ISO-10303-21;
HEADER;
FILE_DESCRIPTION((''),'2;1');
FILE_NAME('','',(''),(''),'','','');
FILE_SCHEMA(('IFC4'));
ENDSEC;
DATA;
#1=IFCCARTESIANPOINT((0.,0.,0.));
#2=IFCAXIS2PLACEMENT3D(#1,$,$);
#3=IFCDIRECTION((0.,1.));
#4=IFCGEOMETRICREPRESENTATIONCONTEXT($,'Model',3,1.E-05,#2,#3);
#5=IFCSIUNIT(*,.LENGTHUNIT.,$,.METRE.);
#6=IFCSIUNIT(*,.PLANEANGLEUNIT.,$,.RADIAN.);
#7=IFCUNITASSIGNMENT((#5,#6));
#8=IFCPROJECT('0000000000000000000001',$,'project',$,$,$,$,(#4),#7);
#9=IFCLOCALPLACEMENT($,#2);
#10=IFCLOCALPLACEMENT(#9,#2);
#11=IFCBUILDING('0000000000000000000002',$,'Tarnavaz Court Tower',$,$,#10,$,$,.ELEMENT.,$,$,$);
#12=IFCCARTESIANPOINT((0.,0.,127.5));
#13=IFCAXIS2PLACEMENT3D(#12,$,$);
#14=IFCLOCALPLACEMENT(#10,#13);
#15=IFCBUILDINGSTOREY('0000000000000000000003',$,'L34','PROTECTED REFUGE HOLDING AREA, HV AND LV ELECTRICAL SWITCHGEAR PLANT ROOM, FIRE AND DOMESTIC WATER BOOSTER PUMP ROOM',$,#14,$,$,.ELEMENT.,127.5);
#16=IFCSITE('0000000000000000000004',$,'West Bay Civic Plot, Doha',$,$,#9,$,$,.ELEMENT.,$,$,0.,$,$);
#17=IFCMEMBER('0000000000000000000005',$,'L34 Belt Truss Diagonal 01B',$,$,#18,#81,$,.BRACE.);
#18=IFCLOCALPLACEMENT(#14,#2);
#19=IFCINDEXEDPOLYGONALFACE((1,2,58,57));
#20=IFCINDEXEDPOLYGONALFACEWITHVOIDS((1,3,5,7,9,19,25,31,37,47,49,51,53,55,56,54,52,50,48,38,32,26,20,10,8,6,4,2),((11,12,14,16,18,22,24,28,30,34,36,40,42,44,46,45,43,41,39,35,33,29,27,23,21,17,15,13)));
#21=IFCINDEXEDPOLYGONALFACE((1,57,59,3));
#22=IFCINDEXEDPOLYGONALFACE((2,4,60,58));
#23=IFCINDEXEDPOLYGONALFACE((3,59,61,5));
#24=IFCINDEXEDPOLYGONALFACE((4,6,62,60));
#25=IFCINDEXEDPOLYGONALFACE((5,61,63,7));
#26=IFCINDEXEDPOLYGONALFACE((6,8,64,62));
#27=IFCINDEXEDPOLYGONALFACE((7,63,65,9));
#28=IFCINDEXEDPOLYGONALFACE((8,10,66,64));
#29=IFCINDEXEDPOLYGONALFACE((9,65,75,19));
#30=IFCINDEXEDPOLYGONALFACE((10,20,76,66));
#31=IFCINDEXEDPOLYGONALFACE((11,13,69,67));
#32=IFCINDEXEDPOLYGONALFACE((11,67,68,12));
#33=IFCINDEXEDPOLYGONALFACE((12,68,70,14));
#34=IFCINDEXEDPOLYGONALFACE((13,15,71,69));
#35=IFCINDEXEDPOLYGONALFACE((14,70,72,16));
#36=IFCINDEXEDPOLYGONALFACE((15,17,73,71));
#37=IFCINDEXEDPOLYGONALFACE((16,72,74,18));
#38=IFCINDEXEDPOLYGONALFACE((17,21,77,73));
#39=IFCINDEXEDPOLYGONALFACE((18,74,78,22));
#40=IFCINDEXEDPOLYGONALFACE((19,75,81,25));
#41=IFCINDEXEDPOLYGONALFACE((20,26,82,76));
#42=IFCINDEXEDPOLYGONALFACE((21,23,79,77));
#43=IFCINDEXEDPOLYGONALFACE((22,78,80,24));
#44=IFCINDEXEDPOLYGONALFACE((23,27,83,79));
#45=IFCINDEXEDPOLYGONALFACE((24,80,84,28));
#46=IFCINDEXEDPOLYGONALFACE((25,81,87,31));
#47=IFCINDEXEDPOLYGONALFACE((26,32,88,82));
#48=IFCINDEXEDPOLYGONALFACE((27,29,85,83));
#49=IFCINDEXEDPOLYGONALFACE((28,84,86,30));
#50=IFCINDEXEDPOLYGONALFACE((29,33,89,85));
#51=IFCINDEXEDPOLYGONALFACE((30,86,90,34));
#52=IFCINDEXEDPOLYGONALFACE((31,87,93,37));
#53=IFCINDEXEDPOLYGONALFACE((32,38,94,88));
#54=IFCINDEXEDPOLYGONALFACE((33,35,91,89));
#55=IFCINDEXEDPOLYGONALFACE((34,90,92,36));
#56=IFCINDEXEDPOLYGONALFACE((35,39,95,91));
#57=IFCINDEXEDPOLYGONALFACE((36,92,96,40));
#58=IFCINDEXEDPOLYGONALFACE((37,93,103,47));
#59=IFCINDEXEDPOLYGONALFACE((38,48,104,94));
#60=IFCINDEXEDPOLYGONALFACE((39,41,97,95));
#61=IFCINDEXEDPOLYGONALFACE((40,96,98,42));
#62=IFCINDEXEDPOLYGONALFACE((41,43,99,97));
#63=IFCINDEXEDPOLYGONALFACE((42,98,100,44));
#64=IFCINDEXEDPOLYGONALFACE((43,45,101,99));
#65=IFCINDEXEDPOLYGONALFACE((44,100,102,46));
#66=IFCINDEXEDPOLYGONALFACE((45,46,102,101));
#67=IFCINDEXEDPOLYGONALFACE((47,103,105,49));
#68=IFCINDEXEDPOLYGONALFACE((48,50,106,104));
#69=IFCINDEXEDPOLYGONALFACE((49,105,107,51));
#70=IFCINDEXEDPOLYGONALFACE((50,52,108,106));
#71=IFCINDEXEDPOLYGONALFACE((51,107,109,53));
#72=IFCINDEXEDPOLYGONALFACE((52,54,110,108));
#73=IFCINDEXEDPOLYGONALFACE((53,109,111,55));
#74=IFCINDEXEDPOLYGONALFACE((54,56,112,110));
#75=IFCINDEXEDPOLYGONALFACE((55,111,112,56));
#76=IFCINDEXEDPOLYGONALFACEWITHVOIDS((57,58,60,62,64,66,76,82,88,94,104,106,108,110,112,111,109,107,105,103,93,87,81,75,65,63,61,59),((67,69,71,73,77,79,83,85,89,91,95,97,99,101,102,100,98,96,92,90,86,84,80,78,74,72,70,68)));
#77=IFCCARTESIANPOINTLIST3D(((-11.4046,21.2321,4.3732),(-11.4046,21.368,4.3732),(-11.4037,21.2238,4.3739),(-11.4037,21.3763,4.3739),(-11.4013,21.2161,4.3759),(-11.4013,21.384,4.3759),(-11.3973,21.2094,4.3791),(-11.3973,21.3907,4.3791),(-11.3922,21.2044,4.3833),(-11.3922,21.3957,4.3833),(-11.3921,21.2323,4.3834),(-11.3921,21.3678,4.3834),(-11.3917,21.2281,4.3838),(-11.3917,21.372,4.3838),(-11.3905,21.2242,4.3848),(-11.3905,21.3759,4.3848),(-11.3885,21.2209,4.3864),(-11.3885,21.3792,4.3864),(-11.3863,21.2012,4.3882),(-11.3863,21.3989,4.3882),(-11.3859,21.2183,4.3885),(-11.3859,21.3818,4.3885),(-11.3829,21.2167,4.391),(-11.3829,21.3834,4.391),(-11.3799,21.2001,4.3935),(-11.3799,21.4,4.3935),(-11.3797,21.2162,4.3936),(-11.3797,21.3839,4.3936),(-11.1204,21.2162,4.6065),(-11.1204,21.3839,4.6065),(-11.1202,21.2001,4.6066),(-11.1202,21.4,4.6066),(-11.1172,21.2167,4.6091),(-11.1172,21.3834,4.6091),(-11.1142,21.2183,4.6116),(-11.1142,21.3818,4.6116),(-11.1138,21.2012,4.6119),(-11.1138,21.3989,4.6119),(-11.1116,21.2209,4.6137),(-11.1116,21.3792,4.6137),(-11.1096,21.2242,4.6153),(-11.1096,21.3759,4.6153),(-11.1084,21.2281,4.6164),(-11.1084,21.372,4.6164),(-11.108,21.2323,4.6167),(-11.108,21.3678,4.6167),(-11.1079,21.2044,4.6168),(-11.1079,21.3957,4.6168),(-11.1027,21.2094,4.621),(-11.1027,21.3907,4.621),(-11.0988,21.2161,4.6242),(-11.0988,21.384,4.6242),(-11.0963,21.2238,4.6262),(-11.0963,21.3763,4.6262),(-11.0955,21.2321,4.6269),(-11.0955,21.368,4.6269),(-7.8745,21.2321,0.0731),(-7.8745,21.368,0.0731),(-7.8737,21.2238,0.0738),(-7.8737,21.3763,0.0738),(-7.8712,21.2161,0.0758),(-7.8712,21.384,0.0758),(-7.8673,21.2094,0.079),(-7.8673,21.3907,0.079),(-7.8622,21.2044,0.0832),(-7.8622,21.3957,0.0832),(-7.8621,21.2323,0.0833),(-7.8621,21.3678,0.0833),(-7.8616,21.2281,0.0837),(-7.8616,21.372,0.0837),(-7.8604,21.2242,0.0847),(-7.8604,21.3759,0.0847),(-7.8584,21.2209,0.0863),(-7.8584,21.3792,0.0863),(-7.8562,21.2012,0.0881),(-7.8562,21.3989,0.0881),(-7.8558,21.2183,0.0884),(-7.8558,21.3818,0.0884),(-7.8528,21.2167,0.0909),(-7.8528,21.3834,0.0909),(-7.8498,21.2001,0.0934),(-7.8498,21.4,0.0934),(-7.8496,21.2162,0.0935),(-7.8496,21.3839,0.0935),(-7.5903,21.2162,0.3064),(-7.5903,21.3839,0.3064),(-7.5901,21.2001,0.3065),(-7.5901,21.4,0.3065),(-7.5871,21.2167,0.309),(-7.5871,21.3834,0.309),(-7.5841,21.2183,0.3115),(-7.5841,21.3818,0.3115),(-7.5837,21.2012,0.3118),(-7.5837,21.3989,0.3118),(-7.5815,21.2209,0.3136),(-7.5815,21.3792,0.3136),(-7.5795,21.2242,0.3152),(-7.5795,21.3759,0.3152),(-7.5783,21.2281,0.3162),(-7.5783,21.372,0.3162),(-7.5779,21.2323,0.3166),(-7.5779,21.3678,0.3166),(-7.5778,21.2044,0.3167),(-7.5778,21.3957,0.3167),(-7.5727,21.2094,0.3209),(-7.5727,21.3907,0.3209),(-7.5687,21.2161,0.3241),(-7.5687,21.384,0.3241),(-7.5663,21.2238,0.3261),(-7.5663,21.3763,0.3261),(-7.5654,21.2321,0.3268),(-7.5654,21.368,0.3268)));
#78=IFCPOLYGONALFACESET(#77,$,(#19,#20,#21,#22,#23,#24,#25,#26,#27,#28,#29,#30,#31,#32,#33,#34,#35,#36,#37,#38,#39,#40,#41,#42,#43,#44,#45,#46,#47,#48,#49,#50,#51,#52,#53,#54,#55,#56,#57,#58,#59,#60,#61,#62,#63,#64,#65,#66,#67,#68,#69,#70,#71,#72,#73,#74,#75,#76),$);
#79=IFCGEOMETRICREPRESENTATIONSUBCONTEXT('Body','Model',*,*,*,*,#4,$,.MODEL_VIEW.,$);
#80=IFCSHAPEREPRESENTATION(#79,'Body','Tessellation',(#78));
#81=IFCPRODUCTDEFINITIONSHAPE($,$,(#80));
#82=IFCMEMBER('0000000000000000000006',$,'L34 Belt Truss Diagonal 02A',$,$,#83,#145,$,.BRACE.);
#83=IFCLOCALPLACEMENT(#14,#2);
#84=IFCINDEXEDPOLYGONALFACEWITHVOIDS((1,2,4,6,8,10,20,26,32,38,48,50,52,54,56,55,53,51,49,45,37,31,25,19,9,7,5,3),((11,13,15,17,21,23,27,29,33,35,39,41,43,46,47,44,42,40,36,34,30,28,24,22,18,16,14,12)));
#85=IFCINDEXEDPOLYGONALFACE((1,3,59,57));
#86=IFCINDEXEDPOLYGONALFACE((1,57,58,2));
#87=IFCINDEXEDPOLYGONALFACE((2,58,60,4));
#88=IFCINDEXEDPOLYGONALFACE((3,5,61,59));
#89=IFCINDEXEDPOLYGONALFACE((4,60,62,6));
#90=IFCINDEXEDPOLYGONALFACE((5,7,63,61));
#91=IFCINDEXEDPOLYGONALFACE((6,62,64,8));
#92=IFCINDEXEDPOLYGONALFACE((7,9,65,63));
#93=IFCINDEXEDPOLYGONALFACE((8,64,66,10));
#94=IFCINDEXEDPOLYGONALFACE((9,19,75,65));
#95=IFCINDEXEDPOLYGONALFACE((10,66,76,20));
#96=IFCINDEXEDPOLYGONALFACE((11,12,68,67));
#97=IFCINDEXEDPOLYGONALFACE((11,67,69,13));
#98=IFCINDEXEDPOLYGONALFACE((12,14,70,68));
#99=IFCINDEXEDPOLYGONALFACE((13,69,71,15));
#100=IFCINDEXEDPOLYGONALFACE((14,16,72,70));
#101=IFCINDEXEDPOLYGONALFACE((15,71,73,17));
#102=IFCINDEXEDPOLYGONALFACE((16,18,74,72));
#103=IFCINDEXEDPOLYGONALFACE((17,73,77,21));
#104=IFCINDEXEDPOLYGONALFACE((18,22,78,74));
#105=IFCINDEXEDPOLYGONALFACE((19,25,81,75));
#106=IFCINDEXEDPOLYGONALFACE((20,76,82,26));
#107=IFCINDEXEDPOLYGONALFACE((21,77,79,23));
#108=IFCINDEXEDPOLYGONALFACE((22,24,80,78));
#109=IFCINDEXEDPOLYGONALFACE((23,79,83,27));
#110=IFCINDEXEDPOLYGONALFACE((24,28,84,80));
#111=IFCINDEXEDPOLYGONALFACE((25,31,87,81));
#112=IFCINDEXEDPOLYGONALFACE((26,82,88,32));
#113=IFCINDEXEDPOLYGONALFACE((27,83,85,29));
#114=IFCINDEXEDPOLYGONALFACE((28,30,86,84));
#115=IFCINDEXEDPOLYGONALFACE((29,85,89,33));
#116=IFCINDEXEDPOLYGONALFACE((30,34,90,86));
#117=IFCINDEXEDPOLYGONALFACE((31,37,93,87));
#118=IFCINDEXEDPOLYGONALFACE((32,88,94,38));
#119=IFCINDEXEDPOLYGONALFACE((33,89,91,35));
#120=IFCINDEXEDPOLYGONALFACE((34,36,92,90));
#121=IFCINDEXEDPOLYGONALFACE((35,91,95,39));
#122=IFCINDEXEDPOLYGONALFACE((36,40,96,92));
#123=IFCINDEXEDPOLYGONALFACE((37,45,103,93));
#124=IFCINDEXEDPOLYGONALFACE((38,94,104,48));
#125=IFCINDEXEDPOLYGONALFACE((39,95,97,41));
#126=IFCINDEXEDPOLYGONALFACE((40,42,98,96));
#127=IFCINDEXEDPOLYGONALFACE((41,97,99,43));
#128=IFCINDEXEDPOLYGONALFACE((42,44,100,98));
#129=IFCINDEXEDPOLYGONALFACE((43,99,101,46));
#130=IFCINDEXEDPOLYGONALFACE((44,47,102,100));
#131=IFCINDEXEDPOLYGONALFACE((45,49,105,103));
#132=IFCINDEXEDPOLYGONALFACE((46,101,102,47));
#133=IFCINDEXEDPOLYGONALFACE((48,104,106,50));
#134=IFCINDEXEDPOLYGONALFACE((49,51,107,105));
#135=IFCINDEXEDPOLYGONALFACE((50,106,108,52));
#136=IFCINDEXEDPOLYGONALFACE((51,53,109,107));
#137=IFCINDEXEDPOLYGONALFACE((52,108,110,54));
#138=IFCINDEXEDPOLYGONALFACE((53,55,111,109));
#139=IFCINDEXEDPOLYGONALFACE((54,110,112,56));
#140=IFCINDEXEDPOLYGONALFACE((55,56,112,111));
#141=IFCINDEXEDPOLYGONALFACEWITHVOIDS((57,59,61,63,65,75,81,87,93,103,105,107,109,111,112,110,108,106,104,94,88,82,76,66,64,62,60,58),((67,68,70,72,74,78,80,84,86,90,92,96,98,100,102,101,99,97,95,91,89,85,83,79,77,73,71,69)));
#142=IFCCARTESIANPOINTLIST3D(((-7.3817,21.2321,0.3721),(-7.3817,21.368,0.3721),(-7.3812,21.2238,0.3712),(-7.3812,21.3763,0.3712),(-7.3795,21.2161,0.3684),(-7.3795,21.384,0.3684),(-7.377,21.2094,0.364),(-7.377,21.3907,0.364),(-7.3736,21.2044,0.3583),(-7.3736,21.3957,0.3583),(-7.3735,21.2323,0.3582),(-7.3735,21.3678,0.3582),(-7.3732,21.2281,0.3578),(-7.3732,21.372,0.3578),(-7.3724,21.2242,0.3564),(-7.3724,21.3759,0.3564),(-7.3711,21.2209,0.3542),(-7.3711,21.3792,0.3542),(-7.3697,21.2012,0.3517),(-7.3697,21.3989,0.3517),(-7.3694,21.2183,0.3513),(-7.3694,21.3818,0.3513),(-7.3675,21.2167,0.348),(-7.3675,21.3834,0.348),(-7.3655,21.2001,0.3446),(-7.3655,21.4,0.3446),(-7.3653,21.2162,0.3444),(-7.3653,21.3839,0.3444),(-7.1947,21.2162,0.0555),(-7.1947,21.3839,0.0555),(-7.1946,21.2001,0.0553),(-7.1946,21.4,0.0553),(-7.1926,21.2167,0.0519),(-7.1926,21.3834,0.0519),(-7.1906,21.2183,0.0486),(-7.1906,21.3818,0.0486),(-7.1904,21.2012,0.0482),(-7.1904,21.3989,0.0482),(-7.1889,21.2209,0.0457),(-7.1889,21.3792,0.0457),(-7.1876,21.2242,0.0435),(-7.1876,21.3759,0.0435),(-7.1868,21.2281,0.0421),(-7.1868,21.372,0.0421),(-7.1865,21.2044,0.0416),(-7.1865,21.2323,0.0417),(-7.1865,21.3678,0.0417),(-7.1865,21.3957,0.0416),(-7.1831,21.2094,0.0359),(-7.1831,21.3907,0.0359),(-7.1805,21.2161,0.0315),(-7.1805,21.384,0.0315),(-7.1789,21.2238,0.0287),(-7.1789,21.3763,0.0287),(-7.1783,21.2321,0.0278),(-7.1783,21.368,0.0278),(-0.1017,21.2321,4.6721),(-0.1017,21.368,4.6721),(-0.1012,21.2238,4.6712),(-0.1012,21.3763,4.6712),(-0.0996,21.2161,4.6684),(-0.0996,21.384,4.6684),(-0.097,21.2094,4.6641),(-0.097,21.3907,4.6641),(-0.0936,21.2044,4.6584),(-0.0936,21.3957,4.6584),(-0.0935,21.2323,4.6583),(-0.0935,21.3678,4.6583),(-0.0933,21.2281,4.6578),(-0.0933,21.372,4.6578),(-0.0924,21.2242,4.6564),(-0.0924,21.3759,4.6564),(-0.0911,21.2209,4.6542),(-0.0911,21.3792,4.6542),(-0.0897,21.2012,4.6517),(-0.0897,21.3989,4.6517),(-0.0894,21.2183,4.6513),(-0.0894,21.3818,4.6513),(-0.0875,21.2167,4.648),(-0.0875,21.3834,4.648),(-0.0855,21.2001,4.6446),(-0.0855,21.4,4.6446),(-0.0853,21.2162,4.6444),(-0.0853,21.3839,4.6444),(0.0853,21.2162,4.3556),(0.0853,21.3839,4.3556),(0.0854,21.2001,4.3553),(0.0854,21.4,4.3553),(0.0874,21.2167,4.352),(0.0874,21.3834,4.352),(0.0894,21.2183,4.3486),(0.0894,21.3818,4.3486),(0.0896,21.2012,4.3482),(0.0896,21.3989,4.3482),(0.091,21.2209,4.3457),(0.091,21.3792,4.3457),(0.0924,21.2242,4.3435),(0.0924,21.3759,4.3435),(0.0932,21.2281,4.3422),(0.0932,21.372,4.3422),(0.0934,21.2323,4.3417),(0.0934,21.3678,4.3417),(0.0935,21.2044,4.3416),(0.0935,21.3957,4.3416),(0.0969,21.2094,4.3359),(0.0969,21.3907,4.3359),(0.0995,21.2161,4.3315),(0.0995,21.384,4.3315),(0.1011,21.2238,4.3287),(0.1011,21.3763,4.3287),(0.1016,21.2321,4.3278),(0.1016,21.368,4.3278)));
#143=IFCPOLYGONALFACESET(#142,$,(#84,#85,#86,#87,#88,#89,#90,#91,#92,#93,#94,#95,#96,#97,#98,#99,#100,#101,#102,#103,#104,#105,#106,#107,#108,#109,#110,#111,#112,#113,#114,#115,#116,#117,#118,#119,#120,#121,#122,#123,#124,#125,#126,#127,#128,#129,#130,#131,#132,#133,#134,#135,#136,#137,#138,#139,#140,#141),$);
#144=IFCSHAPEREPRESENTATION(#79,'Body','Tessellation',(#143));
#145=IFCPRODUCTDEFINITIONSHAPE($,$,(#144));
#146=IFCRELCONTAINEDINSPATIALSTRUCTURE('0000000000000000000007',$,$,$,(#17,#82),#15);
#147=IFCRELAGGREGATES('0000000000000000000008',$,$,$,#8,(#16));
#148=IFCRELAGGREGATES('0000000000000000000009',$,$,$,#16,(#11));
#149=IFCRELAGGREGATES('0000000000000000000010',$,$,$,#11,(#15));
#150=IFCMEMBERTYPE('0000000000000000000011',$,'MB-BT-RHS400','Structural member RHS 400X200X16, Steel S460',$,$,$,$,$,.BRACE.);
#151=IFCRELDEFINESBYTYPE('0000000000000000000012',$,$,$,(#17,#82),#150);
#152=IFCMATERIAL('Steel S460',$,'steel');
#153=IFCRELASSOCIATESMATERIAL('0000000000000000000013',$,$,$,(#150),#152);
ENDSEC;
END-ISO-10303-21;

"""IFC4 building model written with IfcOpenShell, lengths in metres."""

from ifc_helpers import new_model, si_unit, direction, frame, origin, origin_2d, place, context, subcontext, project, spatial, hollow_rectangle, extrude, material, material_profile, profile_set, type_object, element, save


model = new_model("IFC4")

# Units and contexts
model_context = context("Model", 3, precision=1e-05, world=origin(), true_north=direction((0.0, 1.0)))
body_context = subcontext(model_context, "Body", "Model", "MODEL_VIEW")
ifc_project = project(units=[si_unit("LENGTHUNIT", "METRE"), si_unit("PLANEANGLEUNIT", "RADIAN")], contexts=[model_context])

# Site, building, storey
site_placement = place(None, origin())
site = spatial("IfcSite", under=ifc_project, at=site_placement, Name="West Bay Civic Plot, Doha", CompositionType="ELEMENT", RefElevation=0.0)
building_placement = place(site_placement, origin())
building = spatial("IfcBuilding", under=site, at=building_placement, Name="Tarnavaz Court Tower", CompositionType="ELEMENT")
storey_placement = place(building_placement, frame((0.0, 0.0, 127.5)))
storey = spatial("IfcBuildingStorey", under=building, at=storey_placement, Name="L34", Description="PROTECTED REFUGE HOLDING AREA, HV AND LV ELECTRICAL SWITCHGEAR PLANT ROOM, FIRE AND DOMESTIC WATER BOOSTER PUMP ROOM", CompositionType="ELEMENT", Elevation=127.5)

# Shared definitions
ifc_material_1 = material(Name="Steel S460", Category="steel")

# Members
ifc_material_profile_1 = material_profile(ifc_material_1, hollow_rectangle(XDim=0.2, YDim=0.3999, WallThickness=0.0161, InnerFilletRadius=0.0161, OuterFilletRadius=0.032, at=origin_2d()), Name="RHS 400X200X16")
ifc_profile_set_1 = profile_set([ifc_material_profile_1], Name="Steel S460")
member_type_1 = type_object("IfcMemberType", Name="MB-BT-RHS400", Description="Structural member RHS 400X200X16, Steel S460", PredefinedType="BRACE", material=ifc_profile_set_1)
for number, where, z_axis, x_axis, name in (
    (1, (-7.72, 21.3, 0.2), (-0.634508, 0.0, 0.772916), (0.0, -1.0, 0.0), "L34 Belt Truss Diagonal 01B"),
):
    element("IfcMember", number, at=place(storey_placement, frame(where, z_axis=z_axis, x_axis=x_axis)), inside=storey, type_object=member_type_1, Name=name, PredefinedType="BRACE", context=body_context, shape_type="SweptSolid", body=[
        extrude(hollow_rectangle(XDim=0.2, YDim=0.3999, WallThickness=0.0161, InnerFilletRadius=0.0161, OuterFilletRadius=0.032, at=origin_2d()), origin(), (0.0, 0.0, 1.0), 5.5635),
    ])
member_1_placement = place(storey_placement, frame((-7.28, 21.3, 0.2), z_axis=(0.861019, 0.0, 0.508573), x_axis=(0.0, 1.0, 0.0)))
element("IfcMember", 2, at=member_1_placement, inside=storey, type_object=member_type_1, Name="L34 Belt Truss Diagonal 02A", PredefinedType="BRACE", context=body_context, shape_type="SweptSolid", body=[
    extrude(hollow_rectangle(XDim=0.2, YDim=0.3999, WallThickness=0.0161, InnerFilletRadius=0.0161, OuterFilletRadius=0.032, at=origin_2d()), origin(), (0.0, 0.0, 1.0), 8.4551),
])

save(model, "model.ifc")
